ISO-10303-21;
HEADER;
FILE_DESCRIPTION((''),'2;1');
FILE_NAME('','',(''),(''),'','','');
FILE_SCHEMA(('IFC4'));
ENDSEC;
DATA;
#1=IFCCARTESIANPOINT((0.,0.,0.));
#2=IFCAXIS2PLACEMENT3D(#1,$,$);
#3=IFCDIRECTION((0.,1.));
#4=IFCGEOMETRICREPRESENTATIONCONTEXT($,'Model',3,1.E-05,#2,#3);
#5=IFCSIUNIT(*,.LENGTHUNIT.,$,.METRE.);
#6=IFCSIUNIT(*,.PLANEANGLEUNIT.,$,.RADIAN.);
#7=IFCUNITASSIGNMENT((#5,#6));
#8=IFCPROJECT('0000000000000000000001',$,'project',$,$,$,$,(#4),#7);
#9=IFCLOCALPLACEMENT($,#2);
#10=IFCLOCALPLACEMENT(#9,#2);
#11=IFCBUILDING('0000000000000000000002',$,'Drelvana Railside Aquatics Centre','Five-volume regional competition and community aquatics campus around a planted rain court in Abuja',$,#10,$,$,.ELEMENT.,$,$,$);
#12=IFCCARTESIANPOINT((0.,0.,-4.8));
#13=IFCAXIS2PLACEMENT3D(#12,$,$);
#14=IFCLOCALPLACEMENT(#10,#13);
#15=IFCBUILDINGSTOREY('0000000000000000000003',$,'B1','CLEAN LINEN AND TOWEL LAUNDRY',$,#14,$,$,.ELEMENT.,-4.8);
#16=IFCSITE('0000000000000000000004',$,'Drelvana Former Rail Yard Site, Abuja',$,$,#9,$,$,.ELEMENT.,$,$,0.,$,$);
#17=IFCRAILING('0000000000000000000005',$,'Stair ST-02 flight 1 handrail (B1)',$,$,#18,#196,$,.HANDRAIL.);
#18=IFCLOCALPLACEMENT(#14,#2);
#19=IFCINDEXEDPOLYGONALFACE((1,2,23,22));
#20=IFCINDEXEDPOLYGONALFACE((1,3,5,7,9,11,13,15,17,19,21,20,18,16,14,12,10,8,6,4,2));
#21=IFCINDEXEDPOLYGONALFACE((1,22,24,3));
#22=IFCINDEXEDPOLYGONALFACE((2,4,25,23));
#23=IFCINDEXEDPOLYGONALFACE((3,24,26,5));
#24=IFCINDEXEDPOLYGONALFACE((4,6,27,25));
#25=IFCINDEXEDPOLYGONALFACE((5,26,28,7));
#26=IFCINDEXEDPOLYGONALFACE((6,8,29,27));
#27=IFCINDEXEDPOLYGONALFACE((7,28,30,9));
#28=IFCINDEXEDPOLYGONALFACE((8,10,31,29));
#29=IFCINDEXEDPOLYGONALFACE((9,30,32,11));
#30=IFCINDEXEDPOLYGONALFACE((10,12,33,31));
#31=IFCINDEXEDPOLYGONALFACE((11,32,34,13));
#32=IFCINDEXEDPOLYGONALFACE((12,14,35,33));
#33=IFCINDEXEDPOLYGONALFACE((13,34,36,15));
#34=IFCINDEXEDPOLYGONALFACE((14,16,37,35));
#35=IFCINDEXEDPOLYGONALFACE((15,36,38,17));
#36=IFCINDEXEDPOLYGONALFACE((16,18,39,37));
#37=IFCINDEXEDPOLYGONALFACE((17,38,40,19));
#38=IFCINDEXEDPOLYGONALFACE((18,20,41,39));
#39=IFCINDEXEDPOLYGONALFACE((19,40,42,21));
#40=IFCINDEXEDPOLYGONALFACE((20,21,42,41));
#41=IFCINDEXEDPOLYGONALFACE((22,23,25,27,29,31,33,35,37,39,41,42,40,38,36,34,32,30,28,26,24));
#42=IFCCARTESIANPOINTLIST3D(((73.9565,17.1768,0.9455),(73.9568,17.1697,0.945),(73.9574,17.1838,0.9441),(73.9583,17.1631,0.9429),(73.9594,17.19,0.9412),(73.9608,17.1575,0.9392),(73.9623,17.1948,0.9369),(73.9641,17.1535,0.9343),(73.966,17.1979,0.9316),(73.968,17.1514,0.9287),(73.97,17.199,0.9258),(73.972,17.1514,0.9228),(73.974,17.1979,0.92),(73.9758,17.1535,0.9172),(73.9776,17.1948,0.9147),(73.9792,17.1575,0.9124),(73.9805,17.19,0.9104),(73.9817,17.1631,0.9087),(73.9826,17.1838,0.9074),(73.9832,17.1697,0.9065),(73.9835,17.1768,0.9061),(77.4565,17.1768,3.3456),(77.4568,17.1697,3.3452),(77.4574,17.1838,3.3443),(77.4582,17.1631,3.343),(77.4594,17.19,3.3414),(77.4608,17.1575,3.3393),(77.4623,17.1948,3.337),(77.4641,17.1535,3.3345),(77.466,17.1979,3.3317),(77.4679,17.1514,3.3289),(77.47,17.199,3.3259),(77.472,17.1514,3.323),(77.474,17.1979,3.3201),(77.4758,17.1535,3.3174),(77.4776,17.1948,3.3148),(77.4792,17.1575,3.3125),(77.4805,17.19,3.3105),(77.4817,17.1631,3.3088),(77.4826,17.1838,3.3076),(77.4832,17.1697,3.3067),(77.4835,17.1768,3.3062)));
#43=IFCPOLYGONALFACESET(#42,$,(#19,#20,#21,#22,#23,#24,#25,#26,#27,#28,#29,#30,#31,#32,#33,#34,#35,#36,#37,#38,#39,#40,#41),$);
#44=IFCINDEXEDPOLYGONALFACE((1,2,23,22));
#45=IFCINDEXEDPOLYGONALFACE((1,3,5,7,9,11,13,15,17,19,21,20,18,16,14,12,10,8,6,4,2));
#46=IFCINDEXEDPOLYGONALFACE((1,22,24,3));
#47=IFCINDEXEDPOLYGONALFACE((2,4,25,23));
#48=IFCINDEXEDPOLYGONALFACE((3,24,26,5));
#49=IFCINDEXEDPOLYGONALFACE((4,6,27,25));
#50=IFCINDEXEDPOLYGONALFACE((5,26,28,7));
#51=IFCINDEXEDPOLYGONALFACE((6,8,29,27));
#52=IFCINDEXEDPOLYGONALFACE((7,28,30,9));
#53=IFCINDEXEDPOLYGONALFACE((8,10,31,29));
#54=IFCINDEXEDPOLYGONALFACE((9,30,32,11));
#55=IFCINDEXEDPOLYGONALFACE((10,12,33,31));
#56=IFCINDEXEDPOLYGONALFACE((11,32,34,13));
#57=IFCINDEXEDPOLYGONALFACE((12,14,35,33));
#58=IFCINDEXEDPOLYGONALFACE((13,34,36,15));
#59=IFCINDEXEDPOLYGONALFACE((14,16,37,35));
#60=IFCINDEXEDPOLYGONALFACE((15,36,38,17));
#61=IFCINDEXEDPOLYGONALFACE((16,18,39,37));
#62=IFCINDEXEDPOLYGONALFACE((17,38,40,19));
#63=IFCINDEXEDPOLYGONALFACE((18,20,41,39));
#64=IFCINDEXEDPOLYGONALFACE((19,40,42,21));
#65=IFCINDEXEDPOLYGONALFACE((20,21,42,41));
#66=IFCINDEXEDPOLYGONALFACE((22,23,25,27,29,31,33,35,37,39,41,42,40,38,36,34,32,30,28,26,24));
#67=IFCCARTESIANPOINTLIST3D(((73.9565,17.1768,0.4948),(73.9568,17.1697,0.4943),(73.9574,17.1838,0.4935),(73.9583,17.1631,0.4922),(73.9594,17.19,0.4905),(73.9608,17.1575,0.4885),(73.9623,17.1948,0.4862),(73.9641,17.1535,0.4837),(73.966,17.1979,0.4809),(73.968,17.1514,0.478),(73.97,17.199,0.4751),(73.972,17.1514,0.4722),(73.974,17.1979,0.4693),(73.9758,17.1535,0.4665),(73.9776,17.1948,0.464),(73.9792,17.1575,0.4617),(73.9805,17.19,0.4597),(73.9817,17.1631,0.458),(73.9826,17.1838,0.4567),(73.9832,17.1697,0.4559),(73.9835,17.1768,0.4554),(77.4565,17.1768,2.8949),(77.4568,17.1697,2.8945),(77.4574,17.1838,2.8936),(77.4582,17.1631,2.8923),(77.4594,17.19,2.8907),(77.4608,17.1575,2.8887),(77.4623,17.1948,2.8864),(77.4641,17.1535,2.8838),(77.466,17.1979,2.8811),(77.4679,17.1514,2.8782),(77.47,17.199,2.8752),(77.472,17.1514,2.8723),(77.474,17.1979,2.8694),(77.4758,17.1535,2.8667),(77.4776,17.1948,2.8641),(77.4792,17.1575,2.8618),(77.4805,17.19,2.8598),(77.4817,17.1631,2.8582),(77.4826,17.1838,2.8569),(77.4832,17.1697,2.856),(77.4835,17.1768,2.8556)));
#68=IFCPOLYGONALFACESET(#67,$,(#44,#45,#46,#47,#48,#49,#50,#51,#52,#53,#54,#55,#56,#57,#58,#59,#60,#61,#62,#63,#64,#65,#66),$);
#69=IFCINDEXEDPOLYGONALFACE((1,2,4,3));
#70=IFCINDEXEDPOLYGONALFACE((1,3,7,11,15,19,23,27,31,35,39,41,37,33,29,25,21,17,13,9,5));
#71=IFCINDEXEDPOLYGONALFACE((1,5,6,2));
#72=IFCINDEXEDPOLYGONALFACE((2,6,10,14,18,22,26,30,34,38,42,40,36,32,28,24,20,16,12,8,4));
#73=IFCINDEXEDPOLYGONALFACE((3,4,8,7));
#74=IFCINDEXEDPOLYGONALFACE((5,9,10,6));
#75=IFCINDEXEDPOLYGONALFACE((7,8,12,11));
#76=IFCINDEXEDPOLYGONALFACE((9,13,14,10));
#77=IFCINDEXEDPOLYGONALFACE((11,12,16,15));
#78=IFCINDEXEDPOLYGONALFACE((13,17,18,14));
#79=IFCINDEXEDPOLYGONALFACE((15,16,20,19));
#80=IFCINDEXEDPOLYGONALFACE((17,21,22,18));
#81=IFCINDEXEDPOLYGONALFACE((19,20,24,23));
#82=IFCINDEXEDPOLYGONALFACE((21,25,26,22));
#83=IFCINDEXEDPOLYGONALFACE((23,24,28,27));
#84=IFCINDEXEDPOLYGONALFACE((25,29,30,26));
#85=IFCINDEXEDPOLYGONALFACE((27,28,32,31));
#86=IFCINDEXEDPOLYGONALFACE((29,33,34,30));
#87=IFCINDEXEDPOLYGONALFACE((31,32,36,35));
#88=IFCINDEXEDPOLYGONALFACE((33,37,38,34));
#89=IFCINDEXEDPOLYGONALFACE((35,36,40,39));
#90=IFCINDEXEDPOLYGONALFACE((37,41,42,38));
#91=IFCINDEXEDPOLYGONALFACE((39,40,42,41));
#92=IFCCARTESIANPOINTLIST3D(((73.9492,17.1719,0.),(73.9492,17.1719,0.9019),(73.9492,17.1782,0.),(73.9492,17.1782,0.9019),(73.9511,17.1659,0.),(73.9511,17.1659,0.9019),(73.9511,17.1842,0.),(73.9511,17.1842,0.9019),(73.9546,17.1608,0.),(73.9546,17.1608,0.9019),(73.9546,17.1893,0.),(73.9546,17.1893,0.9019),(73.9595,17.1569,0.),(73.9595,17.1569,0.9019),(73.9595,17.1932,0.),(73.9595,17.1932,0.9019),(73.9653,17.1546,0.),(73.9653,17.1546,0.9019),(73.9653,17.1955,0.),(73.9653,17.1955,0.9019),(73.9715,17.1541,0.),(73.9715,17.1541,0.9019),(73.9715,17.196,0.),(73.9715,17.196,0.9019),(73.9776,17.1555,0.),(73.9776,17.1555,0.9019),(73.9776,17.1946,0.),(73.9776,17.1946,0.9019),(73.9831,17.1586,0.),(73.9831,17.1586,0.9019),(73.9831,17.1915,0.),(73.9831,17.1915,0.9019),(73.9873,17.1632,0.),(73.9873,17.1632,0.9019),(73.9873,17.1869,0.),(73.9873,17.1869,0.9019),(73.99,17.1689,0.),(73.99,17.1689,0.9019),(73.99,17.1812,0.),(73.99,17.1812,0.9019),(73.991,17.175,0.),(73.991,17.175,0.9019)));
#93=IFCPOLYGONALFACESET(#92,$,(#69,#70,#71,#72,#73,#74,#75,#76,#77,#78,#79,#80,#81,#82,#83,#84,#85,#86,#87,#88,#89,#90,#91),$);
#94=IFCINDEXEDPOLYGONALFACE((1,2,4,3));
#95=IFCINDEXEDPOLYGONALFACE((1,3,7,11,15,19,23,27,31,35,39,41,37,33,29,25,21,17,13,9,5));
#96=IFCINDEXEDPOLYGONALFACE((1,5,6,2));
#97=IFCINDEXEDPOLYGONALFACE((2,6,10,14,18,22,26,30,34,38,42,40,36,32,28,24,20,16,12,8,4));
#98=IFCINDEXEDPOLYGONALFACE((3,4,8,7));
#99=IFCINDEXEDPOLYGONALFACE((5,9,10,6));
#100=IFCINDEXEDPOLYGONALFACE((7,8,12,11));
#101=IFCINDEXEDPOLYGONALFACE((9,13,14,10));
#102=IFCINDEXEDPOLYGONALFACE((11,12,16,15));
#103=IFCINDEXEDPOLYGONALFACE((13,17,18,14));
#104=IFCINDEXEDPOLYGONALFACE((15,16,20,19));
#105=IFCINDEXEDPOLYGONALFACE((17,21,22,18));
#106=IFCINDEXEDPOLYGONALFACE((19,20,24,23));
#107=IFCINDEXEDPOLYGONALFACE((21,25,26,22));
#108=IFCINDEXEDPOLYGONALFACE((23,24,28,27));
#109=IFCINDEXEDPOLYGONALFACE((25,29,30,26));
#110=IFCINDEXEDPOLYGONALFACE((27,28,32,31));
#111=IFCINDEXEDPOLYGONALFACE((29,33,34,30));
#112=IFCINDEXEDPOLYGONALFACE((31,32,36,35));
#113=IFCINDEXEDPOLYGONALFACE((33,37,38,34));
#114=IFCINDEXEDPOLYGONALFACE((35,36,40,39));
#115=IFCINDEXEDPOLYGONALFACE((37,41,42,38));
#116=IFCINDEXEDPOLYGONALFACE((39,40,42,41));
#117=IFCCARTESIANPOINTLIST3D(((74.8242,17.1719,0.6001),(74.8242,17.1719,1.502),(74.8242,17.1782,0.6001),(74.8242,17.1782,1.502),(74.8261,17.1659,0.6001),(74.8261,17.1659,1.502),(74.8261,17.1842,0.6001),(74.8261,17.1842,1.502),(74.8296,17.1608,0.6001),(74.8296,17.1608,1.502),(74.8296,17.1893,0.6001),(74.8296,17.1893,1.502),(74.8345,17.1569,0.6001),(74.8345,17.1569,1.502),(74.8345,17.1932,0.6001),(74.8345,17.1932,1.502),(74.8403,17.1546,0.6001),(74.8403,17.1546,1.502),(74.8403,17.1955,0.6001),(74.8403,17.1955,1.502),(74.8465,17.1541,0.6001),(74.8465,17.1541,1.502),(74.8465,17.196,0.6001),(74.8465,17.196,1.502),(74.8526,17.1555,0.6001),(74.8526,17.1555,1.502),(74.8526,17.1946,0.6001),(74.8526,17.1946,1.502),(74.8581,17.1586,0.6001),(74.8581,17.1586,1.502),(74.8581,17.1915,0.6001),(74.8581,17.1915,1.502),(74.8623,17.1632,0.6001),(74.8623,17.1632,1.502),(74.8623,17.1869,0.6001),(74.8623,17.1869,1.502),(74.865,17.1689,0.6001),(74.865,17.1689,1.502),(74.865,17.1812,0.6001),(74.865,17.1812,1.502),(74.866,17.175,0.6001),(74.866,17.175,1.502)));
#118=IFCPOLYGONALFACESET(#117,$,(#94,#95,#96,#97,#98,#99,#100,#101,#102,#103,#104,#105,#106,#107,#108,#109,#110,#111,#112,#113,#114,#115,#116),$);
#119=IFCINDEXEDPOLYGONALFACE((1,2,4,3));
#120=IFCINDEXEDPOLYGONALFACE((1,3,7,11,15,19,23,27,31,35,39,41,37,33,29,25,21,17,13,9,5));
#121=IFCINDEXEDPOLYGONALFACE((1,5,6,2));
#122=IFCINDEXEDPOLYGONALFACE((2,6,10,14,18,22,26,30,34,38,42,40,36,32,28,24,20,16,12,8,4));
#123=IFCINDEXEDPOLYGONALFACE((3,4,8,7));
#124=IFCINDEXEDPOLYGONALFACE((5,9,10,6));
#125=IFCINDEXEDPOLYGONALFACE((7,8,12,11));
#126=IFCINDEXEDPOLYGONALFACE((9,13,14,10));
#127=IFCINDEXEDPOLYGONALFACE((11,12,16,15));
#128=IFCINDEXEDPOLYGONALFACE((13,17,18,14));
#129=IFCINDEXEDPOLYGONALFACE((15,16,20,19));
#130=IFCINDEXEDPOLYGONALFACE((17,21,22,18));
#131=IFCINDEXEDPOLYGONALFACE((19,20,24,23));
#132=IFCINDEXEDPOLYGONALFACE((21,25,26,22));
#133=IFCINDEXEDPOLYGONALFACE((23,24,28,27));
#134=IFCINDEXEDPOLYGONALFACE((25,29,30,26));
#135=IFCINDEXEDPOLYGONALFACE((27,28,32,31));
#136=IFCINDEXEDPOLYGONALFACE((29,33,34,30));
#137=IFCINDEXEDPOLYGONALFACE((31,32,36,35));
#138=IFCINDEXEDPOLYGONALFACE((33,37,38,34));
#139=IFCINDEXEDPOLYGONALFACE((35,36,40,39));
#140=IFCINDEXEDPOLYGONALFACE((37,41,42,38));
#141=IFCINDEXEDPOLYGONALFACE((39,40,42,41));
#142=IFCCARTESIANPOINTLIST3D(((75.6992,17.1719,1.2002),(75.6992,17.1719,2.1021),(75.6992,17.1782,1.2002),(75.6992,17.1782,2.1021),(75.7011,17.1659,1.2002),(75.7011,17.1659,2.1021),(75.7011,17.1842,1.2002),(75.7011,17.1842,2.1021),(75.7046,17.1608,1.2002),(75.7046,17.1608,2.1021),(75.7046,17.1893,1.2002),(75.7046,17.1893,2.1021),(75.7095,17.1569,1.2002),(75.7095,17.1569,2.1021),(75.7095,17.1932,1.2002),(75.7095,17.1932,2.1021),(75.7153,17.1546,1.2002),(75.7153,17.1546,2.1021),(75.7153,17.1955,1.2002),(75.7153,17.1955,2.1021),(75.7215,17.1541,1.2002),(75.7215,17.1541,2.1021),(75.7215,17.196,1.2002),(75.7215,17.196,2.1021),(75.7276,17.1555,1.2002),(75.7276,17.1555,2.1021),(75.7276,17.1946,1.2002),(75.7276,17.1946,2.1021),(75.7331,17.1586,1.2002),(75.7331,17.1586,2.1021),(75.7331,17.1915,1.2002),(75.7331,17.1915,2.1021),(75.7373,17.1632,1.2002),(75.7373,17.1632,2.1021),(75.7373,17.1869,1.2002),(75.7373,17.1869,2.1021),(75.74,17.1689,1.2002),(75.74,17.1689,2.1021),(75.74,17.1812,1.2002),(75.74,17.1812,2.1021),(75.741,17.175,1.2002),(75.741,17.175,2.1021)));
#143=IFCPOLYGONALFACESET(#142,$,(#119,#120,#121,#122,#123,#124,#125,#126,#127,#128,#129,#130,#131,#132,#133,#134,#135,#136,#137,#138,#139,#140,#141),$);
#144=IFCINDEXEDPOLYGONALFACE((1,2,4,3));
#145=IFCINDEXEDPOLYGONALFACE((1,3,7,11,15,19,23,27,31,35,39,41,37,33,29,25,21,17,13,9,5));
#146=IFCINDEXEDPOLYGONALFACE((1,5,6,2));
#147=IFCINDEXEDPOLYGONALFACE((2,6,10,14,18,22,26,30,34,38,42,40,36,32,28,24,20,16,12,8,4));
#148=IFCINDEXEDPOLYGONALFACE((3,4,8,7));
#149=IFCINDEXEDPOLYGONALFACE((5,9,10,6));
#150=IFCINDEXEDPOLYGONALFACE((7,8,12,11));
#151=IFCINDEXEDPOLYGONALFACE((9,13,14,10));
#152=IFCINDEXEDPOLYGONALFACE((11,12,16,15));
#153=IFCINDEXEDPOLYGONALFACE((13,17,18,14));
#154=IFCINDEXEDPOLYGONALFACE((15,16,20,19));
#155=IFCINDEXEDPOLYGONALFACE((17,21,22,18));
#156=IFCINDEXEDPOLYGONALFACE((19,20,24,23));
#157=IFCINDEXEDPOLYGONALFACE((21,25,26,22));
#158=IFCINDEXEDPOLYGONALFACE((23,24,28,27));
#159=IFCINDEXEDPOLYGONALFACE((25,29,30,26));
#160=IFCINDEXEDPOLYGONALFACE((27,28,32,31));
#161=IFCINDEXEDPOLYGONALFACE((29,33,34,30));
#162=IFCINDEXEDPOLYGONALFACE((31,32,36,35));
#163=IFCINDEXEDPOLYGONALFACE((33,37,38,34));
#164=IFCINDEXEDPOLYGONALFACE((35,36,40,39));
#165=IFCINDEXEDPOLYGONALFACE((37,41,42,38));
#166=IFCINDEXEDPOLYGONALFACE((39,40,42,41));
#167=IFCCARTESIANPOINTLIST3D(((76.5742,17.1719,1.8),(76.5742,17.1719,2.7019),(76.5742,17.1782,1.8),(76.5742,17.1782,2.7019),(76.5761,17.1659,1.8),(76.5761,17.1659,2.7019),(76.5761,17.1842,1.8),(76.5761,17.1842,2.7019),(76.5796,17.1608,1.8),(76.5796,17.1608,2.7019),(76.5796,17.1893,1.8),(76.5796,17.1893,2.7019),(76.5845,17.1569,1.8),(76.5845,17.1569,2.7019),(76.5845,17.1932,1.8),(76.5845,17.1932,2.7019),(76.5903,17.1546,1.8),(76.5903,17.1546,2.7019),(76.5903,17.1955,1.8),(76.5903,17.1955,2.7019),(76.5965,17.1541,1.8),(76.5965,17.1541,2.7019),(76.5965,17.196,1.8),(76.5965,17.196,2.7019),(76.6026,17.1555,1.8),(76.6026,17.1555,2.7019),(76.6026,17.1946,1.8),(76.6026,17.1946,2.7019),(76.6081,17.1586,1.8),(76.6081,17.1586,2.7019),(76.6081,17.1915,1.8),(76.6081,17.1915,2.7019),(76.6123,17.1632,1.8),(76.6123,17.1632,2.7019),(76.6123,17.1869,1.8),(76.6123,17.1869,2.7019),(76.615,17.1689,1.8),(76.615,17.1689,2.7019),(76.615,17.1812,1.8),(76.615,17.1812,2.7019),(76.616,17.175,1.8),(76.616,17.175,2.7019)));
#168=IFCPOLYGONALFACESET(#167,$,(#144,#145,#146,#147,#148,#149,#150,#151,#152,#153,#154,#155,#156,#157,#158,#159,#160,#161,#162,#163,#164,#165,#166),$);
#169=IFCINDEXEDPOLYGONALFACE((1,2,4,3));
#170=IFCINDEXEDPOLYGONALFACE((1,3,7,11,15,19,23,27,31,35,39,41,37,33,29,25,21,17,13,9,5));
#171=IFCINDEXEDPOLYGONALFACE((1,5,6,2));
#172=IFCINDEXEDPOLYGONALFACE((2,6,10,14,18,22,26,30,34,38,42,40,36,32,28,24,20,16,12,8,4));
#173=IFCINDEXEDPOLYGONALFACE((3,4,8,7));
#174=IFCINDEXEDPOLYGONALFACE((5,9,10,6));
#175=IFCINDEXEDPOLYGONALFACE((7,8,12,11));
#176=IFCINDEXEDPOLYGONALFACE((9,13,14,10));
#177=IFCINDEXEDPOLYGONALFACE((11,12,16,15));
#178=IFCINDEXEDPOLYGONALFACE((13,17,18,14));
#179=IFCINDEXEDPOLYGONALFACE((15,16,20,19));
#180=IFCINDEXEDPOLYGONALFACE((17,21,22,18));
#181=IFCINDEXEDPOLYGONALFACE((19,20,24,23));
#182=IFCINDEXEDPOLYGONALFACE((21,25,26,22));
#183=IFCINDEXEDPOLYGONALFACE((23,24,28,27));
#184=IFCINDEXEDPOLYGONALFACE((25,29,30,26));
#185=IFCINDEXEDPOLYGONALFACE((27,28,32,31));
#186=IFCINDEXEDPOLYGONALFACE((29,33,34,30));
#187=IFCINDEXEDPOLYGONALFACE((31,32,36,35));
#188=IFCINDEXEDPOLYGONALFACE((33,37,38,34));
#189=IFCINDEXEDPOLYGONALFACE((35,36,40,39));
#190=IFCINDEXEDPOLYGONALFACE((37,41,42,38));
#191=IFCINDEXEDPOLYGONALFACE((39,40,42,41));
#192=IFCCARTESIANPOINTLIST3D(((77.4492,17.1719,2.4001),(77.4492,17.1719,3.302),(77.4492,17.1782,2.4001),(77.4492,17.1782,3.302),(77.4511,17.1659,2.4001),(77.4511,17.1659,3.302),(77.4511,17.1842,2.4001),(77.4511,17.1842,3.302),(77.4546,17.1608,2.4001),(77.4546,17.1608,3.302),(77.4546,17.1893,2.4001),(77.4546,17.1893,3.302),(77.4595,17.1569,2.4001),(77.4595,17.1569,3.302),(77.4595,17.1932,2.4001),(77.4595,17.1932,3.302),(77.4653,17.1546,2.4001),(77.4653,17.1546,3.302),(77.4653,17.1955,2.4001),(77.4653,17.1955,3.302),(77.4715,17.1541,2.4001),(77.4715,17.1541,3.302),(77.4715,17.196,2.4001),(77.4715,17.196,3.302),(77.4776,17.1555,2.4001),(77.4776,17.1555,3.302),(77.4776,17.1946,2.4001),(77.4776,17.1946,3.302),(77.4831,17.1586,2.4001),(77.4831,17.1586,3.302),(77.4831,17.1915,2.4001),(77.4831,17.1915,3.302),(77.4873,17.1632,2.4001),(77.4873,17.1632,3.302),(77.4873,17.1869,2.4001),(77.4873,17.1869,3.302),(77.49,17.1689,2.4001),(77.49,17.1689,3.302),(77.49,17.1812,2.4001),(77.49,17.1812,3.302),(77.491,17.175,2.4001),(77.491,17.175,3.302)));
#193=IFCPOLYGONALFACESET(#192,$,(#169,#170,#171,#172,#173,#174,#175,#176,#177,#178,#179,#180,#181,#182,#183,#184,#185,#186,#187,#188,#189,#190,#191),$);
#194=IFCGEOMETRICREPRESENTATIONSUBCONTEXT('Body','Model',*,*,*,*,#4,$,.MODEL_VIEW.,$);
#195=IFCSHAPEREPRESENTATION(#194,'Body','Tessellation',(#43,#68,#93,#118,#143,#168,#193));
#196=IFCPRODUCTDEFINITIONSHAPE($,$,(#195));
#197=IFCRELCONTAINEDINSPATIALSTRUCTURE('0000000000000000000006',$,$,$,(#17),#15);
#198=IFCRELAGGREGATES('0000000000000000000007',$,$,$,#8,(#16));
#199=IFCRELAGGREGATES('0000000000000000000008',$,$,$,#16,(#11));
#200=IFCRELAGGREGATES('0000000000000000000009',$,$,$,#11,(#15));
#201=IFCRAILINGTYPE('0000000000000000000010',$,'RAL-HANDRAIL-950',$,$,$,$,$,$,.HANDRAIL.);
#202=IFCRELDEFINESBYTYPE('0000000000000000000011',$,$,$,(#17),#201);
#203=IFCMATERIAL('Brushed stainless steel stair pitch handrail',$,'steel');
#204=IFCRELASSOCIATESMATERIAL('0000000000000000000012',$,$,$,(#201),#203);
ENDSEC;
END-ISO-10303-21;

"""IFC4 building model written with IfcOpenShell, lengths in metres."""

from ifc_helpers import new_model, si_unit, direction, frame, origin, origin_2d, place, context, subcontext, project, spatial, circle, extrude, material, type_object, element, save


model = new_model("IFC4")

# Units and contexts
model_context = context("Model", 3, precision=1e-05, world=origin(), true_north=direction((0.0, 1.0)))
body_context = subcontext(model_context, "Body", "Model", "MODEL_VIEW")
ifc_project = project(units=[si_unit("LENGTHUNIT", "METRE"), si_unit("PLANEANGLEUNIT", "RADIAN")], contexts=[model_context])

# Site, building, storey
site_placement = place(None, origin())
site = spatial("IfcSite", under=ifc_project, at=site_placement, Name="Drelvana Former Rail Yard Site, Abuja", CompositionType="ELEMENT", RefElevation=0.0)
building_placement = place(site_placement, origin())
building = spatial("IfcBuilding", under=site, at=building_placement, Name="Drelvana Railside Aquatics Centre", Description="Five-volume regional competition and community aquatics campus around a planted rain court in Abuja", CompositionType="ELEMENT")
storey_placement = place(building_placement, frame((0.0, 0.0, -4.8)))
storey = spatial("IfcBuildingStorey", under=building, at=storey_placement, Name="B1", Description="CLEAN LINEN AND TOWEL LAUNDRY", CompositionType="ELEMENT", Elevation=-4.8)

# Railing
ifc_material_1 = material(Name="Brushed stainless steel stair pitch handrail", Category="steel")
railing_type = type_object("IfcRailingType", Name="RAL-HANDRAIL-950", PredefinedType="HANDRAIL", material=ifc_material_1)
railing_placement = place(storey_placement, frame((73.97, 17.175, 0.0)))
element("IfcRailing", 1, at=railing_placement, inside=storey, type_object=railing_type, Name="Stair ST-02 flight 1 handrail (B1)", PredefinedType="HANDRAIL", context=body_context, shape_type="SweptSolid", body=[
    extrude(circle(Radius=0.0239, at=origin_2d()), frame((0.0, 0.0, 0.9258), z_axis=(0.824713, 0.0, 0.565552), x_axis=(0.0, 1.0, 0.0)), (0.0, 0.0, 1.0), 4.2439),
    extrude(circle(Radius=0.0239, at=origin_2d()), frame((0.0, 0.0, 0.4751), z_axis=(0.824713, 0.0, 0.565552), x_axis=(0.0, 1.0, 0.0)), (0.0, 0.0, 1.0), 4.2439),
    extrude(circle(Radius=0.021, at=origin_2d()), origin(), (0.0, 0.0, 1.0), 0.9019),
    extrude(circle(Radius=0.021, at=origin_2d()), frame((0.875, 0.0, 0.6001)), (0.0, 0.0, 1.0), 0.9019),
    extrude(circle(Radius=0.021, at=origin_2d()), frame((1.75, 0.0, 1.2002)), (0.0, 0.0, 1.0), 0.9019),
    extrude(circle(Radius=0.021, at=origin_2d()), frame((2.625, 0.0, 1.8)), (0.0, 0.0, 1.0), 0.9019),
    extrude(circle(Radius=0.021, at=origin_2d()), frame((3.5, 0.0, 2.4001)), (0.0, 0.0, 1.0), 0.9019),
])

save(model, "model.ifc")
